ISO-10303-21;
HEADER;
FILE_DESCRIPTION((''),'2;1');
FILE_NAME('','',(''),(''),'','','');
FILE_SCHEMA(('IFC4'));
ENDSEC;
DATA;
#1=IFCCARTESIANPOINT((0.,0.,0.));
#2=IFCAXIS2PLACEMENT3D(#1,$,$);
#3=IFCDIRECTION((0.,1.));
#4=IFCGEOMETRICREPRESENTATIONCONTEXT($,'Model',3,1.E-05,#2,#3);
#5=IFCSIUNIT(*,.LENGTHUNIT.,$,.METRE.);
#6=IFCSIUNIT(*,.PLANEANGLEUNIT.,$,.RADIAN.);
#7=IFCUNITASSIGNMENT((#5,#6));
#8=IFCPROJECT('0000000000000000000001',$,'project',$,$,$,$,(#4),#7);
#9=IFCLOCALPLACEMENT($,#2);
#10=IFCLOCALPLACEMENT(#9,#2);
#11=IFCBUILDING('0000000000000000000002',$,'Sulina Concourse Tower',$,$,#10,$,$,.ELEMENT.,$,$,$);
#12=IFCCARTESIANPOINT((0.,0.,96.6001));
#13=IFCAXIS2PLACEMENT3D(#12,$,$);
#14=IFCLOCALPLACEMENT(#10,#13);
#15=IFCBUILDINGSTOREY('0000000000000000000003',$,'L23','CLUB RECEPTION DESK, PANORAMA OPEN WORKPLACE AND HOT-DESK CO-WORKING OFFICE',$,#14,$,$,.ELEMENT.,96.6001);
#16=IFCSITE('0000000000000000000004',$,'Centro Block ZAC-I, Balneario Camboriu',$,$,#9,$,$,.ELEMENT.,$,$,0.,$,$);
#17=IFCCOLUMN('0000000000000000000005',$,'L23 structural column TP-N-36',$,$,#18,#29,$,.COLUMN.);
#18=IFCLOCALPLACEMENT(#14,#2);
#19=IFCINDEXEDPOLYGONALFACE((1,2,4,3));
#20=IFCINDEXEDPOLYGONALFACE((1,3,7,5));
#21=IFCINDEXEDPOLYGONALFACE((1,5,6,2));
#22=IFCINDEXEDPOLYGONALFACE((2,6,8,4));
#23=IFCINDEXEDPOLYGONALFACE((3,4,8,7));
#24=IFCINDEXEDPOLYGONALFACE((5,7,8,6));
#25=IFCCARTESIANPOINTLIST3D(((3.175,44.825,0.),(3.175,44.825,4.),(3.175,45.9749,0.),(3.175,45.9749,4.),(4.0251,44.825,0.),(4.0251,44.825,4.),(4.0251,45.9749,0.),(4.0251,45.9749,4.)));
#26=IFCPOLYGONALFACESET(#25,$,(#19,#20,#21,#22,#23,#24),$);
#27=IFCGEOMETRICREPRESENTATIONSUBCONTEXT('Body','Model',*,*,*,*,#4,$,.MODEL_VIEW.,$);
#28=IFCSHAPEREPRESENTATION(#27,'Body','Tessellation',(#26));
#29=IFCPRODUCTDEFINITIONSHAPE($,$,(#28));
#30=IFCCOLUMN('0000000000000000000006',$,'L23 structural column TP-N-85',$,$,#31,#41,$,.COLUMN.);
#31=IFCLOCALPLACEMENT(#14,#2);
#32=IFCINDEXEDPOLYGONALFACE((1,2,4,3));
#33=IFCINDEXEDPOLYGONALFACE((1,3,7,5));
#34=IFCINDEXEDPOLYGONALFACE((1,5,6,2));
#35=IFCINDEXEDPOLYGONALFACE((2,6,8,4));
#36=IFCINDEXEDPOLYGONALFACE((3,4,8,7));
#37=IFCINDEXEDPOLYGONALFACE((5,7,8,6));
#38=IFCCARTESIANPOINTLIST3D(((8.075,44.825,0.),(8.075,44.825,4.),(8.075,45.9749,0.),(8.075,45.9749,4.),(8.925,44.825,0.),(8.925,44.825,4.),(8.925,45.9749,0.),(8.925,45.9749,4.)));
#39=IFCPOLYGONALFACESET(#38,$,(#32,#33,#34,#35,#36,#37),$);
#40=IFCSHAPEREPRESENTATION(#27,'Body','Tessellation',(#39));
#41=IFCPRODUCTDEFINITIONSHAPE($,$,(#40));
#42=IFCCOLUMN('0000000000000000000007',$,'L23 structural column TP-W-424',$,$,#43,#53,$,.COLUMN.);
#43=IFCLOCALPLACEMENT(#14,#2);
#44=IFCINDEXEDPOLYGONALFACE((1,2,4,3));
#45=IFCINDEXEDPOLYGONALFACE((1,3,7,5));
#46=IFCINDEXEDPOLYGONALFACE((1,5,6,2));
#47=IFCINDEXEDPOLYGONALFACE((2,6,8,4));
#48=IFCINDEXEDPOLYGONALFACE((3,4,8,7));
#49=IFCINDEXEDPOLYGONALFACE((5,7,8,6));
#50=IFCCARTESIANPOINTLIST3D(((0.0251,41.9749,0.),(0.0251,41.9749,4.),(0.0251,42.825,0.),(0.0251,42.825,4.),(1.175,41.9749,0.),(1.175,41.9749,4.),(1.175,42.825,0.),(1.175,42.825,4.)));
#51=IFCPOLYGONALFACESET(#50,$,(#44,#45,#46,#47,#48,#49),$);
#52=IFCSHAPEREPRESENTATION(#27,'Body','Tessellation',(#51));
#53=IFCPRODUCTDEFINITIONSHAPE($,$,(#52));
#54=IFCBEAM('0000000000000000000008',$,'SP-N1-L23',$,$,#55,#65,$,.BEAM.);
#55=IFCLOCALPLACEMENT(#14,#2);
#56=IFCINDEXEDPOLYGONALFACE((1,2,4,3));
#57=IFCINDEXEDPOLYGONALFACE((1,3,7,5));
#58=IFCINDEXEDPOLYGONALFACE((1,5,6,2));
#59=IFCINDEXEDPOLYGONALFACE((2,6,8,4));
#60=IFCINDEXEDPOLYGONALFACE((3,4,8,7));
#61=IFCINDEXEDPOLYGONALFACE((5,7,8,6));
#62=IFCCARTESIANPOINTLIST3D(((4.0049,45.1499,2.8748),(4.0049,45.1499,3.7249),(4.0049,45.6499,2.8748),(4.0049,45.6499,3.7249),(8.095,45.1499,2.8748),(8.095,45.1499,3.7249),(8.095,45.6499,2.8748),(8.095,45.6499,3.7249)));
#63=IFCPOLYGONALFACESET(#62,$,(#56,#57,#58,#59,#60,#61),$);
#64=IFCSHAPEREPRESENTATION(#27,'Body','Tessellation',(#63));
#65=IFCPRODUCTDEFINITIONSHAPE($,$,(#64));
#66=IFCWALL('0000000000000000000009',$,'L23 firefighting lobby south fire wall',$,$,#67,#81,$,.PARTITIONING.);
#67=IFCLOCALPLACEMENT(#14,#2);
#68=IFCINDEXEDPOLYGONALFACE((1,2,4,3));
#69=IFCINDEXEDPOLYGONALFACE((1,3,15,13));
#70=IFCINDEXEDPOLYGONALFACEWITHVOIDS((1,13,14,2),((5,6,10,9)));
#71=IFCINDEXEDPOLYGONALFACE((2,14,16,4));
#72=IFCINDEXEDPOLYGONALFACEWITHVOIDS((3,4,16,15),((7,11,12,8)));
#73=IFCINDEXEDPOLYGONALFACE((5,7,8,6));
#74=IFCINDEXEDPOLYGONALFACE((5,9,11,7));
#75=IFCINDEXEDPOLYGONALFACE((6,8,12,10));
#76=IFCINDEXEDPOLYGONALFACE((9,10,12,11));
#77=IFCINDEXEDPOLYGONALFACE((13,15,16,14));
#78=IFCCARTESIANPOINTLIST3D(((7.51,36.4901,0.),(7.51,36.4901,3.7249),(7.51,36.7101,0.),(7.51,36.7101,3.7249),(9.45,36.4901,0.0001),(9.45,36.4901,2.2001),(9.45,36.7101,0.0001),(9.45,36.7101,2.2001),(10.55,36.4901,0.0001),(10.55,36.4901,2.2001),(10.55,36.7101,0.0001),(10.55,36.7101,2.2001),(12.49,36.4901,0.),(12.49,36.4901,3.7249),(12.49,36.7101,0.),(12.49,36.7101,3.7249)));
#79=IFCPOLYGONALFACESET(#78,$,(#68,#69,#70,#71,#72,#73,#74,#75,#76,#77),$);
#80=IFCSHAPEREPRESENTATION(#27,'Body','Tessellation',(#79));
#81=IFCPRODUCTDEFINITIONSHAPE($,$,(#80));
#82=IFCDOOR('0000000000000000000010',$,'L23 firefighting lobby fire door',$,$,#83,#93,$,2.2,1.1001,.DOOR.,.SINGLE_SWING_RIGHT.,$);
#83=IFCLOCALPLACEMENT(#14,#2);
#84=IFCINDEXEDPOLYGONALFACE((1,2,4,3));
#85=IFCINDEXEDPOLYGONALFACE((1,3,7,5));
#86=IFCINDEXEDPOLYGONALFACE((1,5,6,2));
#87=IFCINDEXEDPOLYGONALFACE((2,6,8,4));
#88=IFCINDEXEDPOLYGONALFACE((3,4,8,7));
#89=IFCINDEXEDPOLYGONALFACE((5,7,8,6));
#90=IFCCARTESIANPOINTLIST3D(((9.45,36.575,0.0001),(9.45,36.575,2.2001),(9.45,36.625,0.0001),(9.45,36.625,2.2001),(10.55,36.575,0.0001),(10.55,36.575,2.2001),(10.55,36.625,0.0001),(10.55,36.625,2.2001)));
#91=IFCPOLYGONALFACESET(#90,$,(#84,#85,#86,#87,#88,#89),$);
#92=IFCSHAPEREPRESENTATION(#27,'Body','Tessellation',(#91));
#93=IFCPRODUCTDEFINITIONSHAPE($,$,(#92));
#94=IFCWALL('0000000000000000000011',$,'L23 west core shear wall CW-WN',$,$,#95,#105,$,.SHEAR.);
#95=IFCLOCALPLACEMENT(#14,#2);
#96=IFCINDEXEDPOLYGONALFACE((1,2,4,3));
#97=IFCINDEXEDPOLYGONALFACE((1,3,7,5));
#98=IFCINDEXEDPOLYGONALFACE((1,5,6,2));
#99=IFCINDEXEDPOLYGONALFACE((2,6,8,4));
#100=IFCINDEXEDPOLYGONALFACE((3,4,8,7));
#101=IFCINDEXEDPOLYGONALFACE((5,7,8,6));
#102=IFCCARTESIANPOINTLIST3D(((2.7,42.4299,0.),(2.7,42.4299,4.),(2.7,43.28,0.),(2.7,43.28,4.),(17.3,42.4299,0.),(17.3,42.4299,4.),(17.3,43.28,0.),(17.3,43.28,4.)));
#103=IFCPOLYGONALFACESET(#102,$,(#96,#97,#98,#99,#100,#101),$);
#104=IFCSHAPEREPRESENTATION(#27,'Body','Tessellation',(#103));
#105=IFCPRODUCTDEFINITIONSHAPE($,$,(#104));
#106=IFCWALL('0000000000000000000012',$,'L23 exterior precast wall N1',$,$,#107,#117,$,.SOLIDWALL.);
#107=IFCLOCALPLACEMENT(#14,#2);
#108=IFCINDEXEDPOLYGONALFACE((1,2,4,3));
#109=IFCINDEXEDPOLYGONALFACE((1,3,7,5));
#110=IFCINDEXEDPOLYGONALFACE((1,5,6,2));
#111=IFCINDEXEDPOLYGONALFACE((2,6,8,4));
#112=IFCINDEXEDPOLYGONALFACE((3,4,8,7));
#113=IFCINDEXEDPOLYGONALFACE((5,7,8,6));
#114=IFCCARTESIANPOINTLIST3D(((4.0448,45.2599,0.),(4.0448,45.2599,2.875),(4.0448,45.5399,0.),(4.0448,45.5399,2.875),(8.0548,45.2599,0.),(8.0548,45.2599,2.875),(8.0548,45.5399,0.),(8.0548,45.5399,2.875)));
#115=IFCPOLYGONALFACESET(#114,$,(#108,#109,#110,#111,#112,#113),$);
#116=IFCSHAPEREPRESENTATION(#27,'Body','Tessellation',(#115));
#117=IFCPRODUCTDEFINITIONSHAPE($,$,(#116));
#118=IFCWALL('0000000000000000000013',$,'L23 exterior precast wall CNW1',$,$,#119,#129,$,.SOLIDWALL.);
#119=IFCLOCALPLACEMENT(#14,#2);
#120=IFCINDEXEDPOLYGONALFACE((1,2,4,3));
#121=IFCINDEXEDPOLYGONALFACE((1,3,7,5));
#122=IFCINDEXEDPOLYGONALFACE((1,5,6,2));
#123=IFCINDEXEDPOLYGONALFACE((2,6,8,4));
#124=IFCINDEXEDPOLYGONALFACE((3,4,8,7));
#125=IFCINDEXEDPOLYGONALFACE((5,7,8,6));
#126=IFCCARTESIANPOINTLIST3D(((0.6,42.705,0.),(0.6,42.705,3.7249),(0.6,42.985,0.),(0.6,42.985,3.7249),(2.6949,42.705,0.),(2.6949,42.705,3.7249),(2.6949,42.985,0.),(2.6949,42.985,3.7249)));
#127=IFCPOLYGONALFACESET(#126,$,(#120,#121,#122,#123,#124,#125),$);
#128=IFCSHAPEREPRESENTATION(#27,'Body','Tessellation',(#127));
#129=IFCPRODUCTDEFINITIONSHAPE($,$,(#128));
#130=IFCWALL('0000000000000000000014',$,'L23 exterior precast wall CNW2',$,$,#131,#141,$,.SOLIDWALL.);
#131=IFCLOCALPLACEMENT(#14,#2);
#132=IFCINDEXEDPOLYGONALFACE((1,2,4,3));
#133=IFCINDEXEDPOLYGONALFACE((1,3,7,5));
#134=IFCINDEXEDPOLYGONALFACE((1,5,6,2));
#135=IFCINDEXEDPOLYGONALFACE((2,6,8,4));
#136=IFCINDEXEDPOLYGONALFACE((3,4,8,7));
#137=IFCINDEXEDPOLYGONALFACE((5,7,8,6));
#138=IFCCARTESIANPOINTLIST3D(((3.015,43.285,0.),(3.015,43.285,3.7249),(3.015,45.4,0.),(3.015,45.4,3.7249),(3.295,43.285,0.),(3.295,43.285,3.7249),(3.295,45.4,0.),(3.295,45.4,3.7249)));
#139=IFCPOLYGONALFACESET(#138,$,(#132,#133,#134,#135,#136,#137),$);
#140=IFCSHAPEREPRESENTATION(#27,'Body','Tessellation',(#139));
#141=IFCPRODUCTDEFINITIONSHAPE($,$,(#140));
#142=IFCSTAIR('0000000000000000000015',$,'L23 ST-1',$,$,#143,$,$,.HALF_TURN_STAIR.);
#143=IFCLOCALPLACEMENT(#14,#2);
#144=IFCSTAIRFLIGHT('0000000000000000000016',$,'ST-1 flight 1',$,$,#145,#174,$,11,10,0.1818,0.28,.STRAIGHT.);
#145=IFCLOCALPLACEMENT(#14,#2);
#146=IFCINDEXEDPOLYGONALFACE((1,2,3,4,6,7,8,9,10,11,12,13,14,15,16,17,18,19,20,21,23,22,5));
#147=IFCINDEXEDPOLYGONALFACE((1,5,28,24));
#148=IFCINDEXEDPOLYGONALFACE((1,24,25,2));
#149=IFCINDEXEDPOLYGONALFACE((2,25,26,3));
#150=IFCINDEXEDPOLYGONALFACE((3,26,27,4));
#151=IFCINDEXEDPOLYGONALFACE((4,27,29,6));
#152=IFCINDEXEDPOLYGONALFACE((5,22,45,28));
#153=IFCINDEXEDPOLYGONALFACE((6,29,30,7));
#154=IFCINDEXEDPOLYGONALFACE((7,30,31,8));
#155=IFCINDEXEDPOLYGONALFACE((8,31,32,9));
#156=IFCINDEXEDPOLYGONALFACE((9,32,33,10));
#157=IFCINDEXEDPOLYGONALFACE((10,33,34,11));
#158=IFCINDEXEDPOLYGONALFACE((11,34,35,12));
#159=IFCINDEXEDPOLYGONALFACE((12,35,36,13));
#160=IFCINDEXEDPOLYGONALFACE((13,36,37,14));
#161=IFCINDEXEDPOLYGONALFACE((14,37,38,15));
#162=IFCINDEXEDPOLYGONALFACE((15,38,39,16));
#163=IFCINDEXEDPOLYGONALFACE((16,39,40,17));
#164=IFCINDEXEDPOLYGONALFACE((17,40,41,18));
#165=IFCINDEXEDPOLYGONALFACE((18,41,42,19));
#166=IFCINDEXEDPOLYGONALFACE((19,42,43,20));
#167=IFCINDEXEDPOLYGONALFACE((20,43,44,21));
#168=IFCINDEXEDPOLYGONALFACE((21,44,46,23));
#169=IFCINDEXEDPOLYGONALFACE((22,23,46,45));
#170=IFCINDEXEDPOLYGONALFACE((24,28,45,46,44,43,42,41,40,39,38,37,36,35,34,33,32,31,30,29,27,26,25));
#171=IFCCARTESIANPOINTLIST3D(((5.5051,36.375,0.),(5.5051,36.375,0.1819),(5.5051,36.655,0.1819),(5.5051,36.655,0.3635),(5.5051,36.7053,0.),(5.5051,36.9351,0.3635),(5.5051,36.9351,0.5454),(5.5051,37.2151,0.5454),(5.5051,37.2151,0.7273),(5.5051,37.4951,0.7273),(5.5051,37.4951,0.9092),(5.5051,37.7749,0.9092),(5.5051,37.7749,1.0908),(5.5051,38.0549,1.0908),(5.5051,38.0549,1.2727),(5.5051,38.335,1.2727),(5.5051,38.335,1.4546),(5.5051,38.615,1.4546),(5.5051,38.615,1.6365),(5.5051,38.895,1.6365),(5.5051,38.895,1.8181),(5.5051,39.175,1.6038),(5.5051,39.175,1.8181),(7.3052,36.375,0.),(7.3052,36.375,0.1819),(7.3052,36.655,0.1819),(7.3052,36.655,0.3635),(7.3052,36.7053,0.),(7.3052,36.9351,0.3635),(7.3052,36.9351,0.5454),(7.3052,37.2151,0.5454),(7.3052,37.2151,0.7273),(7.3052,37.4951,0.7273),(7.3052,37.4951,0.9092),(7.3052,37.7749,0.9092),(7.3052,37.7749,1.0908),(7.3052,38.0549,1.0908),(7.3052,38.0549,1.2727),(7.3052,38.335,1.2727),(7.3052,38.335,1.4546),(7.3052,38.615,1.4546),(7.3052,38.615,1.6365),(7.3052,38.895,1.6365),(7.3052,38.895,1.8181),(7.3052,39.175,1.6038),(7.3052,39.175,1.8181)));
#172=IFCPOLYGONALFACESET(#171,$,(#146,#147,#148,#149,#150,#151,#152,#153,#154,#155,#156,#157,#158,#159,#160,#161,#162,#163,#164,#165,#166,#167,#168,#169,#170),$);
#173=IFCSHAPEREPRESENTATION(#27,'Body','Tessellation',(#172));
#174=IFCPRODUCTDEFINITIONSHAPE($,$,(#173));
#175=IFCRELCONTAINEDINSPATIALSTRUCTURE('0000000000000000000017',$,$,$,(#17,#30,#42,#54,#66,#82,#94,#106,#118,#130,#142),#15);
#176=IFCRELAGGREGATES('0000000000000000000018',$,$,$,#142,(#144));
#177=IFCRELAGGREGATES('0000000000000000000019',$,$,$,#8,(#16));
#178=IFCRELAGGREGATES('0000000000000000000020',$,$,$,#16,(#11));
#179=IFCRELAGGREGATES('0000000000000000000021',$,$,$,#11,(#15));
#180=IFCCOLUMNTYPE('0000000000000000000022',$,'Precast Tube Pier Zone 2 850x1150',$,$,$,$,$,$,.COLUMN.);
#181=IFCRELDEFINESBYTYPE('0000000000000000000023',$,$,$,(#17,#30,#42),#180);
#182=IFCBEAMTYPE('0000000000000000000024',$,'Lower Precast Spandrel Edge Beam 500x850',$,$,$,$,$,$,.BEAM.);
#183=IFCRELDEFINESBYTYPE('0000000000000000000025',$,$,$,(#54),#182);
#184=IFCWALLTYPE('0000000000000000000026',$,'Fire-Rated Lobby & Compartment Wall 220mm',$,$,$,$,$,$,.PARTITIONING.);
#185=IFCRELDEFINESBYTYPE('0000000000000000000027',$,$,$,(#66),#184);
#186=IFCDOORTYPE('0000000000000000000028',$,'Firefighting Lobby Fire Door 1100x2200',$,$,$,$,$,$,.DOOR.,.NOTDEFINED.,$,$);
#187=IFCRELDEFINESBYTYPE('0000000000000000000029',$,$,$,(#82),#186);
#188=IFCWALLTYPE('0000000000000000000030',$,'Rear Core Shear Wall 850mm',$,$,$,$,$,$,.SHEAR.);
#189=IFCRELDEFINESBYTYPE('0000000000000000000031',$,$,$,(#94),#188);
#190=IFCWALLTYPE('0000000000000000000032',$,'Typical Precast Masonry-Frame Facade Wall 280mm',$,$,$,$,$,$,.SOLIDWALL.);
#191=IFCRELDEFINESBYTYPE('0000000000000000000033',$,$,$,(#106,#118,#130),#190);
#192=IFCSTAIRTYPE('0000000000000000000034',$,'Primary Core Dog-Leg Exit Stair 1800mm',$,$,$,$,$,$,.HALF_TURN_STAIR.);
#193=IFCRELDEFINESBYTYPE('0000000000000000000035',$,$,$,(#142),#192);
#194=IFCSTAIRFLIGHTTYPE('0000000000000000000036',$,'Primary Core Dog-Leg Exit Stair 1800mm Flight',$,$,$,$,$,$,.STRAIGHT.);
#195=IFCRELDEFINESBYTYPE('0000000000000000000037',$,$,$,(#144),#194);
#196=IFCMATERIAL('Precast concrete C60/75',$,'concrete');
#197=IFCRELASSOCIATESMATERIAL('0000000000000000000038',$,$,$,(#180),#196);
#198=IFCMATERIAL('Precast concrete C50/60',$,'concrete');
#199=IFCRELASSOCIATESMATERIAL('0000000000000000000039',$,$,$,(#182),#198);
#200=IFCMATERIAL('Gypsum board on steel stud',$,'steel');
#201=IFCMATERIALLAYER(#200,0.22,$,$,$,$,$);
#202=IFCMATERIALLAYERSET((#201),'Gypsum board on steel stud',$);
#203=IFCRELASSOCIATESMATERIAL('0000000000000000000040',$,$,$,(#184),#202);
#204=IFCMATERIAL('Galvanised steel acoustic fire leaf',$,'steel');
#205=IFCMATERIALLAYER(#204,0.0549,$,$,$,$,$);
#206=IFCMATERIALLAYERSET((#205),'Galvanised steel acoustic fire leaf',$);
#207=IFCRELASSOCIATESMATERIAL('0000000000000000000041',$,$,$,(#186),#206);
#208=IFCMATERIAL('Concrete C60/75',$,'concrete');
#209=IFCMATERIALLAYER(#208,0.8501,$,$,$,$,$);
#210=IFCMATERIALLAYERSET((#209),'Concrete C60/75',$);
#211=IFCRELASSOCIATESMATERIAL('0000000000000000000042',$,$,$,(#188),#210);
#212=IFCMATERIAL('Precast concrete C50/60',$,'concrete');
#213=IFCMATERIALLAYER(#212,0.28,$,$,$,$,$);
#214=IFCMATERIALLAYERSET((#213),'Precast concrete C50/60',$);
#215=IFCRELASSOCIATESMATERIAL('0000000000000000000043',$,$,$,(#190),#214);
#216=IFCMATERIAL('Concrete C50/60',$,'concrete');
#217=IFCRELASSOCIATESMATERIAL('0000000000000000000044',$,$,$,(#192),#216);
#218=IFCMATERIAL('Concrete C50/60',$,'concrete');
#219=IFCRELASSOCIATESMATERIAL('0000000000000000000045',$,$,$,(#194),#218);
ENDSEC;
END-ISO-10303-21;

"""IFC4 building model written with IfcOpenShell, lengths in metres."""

from ifc_helpers import new_model, si_unit, direction, frame, frame_2d, origin, origin_2d, place, context, subcontext, project, spatial, polyline, rectangle, outline, extrude, material, layer, layer_set, material_profile, profile_set, type_object, element, fill, aggregate, save


model = new_model("IFC4")

# Units and contexts
model_context = context("Model", 3, precision=1e-05, world=origin(), true_north=direction((0.0, 1.0)))
body_context = subcontext(model_context, "Body", "Model", "MODEL_VIEW")
ifc_project = project(units=[si_unit("LENGTHUNIT", "METRE"), si_unit("PLANEANGLEUNIT", "RADIAN")], contexts=[model_context])

# Site, building, storey
site_placement = place(None, origin())
site = spatial("IfcSite", under=ifc_project, at=site_placement, Name="Centro Block ZAC-I, Balneario Camboriu", CompositionType="ELEMENT", RefElevation=0.0)
building_placement = place(site_placement, origin())
building = spatial("IfcBuilding", under=site, at=building_placement, Name="Sulina Concourse Tower", CompositionType="ELEMENT")
storey_placement = place(building_placement, frame((0.0, 0.0, 96.6001)))
storey = spatial("IfcBuildingStorey", under=building, at=storey_placement, Name="L23", Description="CLUB RECEPTION DESK, PANORAMA OPEN WORKPLACE AND HOT-DESK CO-WORKING OFFICE", CompositionType="ELEMENT", Elevation=96.6001)

# Columns
ifc_material_1 = material(Name="Precast concrete C60/75", Category="concrete")
ifc_material_profile_1 = material_profile(ifc_material_1, rectangle(XDim=0.8501, YDim=1.1499, at=origin_2d()), Name="PC 850x1150")
ifc_profile_set_1 = profile_set([ifc_material_profile_1], Name="Precast concrete C60/75")
column_type = type_object("IfcColumnType", Name="Precast Tube Pier Zone 2 850x1150", PredefinedType="COLUMN", material=ifc_profile_set_1)
for number, where, z_axis, x_axis, name in (
    (1, (3.6001, 45.3999, 0.0), (0.0, 0.0, 1.0), (1.0, 0.0, 0.0), "L23 structural column TP-N-36"),
    (2, (8.5, 45.3999, 0.0), (0.0, 0.0, 1.0), (1.0, 0.0, 0.0), "L23 structural column TP-N-85"),
    (3, (0.6001, 42.3999, 0.0), (0.0, 0.0, 1.0), (0.0, 1.0, 0.0), "L23 structural column TP-W-424"),
):
    element("IfcColumn", number, at=place(storey_placement, frame(where, z_axis=z_axis, x_axis=x_axis)), inside=storey, type_object=column_type, Name=name, PredefinedType="COLUMN", context=body_context, shape_type="SweptSolid", body=[
        extrude(rectangle(XDim=0.8501, YDim=1.1499, at=origin_2d()), origin(), (0.0, 0.0, 1.0), 4.0),
    ])

# Beam
ifc_material_2 = material(Name="Precast concrete C50/60", Category="concrete")
ifc_material_profile_2 = material_profile(ifc_material_2, rectangle(XDim=0.5, YDim=0.8501, at=origin_2d()), Name="RC 500x850")
ifc_profile_set_2 = profile_set([ifc_material_profile_2], Name="Precast concrete C50/60")
beam_type = type_object("IfcBeamType", Name="Lower Precast Spandrel Edge Beam 500x850", PredefinedType="BEAM", material=ifc_profile_set_2)
beam_placement = place(storey_placement, frame((4.0049, 45.3999, 3.2998), z_axis=(1.0, 0.0, 0.0), x_axis=(0.0, 1.0, 0.0)))
element("IfcBeam", 4, at=beam_placement, inside=storey, type_object=beam_type, Name="SP-N1-L23", PredefinedType="BEAM", context=body_context, shape_type="SweptSolid", body=[
    extrude(rectangle(XDim=0.5, YDim=0.8501, at=origin_2d()), origin(), (0.0, 0.0, 1.0), 4.0901),
])

# Wall, opening, door
ifc_material_3 = material(Name="Gypsum board on steel stud", Category="steel")
ifc_layer_1 = layer(ifc_material_3, 0.22)
ifc_layer_set_1 = layer_set([ifc_layer_1], Name="Gypsum board on steel stud")
wall_type_1 = type_object("IfcWallType", Name="Fire-Rated Lobby & Compartment Wall 220mm", PredefinedType="PARTITIONING", material=ifc_layer_set_1)
wall_1_placement = place(storey_placement, frame((7.51, 36.6001, 0.0), z_axis=(0.0, 0.0, 1.0), x_axis=(1.0, 0.0, 0.0)))
wall_1 = element("IfcWall", 5, at=wall_1_placement, inside=storey, type_object=wall_type_1, Name="L23 firefighting lobby south fire wall", PredefinedType="PARTITIONING", context=body_context, shape_type="SweptSolid", body=[
    extrude(rectangle(XDim=4.98, YDim=0.22, at=frame_2d((2.49, 0.0))), origin(), (0.0, 0.0, 1.0), 3.7249),
])
opening_placement = place(wall_1_placement, frame((1.9399, 0.0, 0.0)))
opening = element("IfcOpeningElement", 6, at=opening_placement, cuts=wall_1, PredefinedType="OPENING", context=body_context, shape_type="SweptSolid", body=[
    extrude(rectangle(XDim=1.1001, YDim=2.2, at=frame_2d((0.55, 1.1001))), frame((0.0, 0.1199, 0.0), z_axis=(0.0, -1.0, 0.0), x_axis=(1.0, 0.0, 0.0)), (0.0, 0.0, 1.0), 0.24),
])
ifc_material_4 = material(Name="Galvanised steel acoustic fire leaf", Category="steel")
ifc_layer_2 = layer(ifc_material_4, 0.0549)
ifc_layer_set_2 = layer_set([ifc_layer_2], Name="Galvanised steel acoustic fire leaf")
door_type = type_object("IfcDoorType", Name="Firefighting Lobby Fire Door 1100x2200", OperationType="NOTDEFINED", PredefinedType="DOOR", material=ifc_layer_set_2)
door_placement = place(opening_placement, origin())
door = element("IfcDoor", 7, at=door_placement, inside=storey, type_object=door_type, Name="L23 firefighting lobby fire door", OperationType="SINGLE_SWING_RIGHT", OverallHeight=2.2, OverallWidth=1.1001, PredefinedType="DOOR", context=body_context, shape_type="SweptSolid", body=[
    extrude(rectangle(XDim=1.1001, YDim=2.2, at=frame_2d((0.55, 1.1001))), frame((0.0, 0.0249, 0.0), z_axis=(0.0, -1.0, 0.0), x_axis=(1.0, 0.0, 0.0)), (0.0, 0.0, 1.0), 0.05),
])
fill(opening, door)

# Walls
ifc_material_5 = material(Name="Concrete C60/75", Category="concrete")
ifc_layer_3 = layer(ifc_material_5, 0.8501)
ifc_layer_set_3 = layer_set([ifc_layer_3], Name="Concrete C60/75")
wall_type_2 = type_object("IfcWallType", Name="Rear Core Shear Wall 850mm", PredefinedType="SHEAR", material=ifc_layer_set_3)
wall_2_placement = place(storey_placement, frame((2.7, 42.855, 0.0), z_axis=(0.0, 0.0, 1.0), x_axis=(1.0, 0.0, 0.0)))
element("IfcWall", 8, at=wall_2_placement, inside=storey, type_object=wall_type_2, Name="L23 west core shear wall CW-WN", PredefinedType="SHEAR", context=body_context, shape_type="SweptSolid", body=[
    extrude(rectangle(XDim=14.6001, YDim=0.8501, at=frame_2d((7.3, 0.0))), origin(), (0.0, 0.0, 1.0), 4.0),
])
ifc_material_6 = material(Name="Precast concrete C50/60", Category="concrete")
ifc_layer_4 = layer(ifc_material_6, 0.28)
ifc_layer_set_4 = layer_set([ifc_layer_4], Name="Precast concrete C50/60")
wall_type_3 = type_object("IfcWallType", Name="Typical Precast Masonry-Frame Facade Wall 280mm", PredefinedType="SOLIDWALL", material=ifc_layer_set_4)
wall_3_placement = place(storey_placement, frame((4.0449, 45.3999, 0.0), z_axis=(0.0, 0.0, 1.0), x_axis=(1.0, 0.0, 0.0)))
element("IfcWall", 9, at=wall_3_placement, inside=storey, type_object=wall_type_3, Name="L23 exterior precast wall N1", PredefinedType="SOLIDWALL", context=body_context, shape_type="SweptSolid", body=[
    extrude(rectangle(XDim=4.01, YDim=0.28, at=frame_2d((2.0049, 0.0))), origin(), (0.0, 0.0, 1.0), 2.875),
])
wall_4_placement = place(storey_placement, frame((0.6001, 42.845, 0.0), z_axis=(0.0, 0.0, 1.0), x_axis=(1.0, 0.0, 0.0)))
element("IfcWall", 10, at=wall_4_placement, inside=storey, type_object=wall_type_3, Name="L23 exterior precast wall CNW1", PredefinedType="SOLIDWALL", context=body_context, shape_type="SweptSolid", body=[
    extrude(rectangle(XDim=2.095, YDim=0.28, at=frame_2d((1.0474, 0.0))), origin(), (0.0, 0.0, 1.0), 3.7249),
])
wall_5_placement = place(storey_placement, frame((3.155, 43.2849, 0.0), z_axis=(0.0, 0.0, 1.0), x_axis=(0.0, 1.0, 0.0)))
element("IfcWall", 11, at=wall_5_placement, inside=storey, type_object=wall_type_3, Name="L23 exterior precast wall CNW2", PredefinedType="SOLIDWALL", context=body_context, shape_type="SweptSolid", body=[
    extrude(rectangle(XDim=2.115, YDim=0.28, at=frame_2d((1.0576, 0.0))), origin(), (0.0, 0.0, 1.0), 3.7249),
])

# Stair, stair flight
ifc_material_7 = material(Name="Concrete C50/60", Category="concrete")
stair_type = type_object("IfcStairType", Name="Primary Core Dog-Leg Exit Stair 1800mm", PredefinedType="HALF_TURN_STAIR", material=ifc_material_7)
stair_placement = place(storey_placement, origin())
stair = element("IfcStair", 12, at=stair_placement, inside=storey, type_object=stair_type, Name="L23 ST-1", PredefinedType="HALF_TURN_STAIR")
ifc_material_8 = material(Name="Concrete C50/60", Category="concrete")
stair_flight_type = type_object("IfcStairFlightType", Name="Primary Core Dog-Leg Exit Stair 1800mm Flight", PredefinedType="STRAIGHT", material=ifc_material_8)
stair_flight_1_placement = place(storey_placement, frame((6.405, 36.375, 0.0), z_axis=(0.0, 0.0, 1.0), x_axis=(0.0, 1.0, 0.0)))
stair_flight_1 = element("IfcStairFlight", 13, at=stair_flight_1_placement, type_object=stair_flight_type, Name="ST-1 flight 1", NumberOfRisers=11, NumberOfTreads=10, PredefinedType="STRAIGHT", RiserHeight=0.1818, TreadLength=0.28, context=body_context, shape_type="SweptSolid", body=[
    extrude(outline(polyline([(0.0, 0.0), (0.0, 0.1819), (0.28, 0.1819), (0.28, 0.3635), (0.5601, 0.3635), (0.5601, 0.5454), (0.8401, 0.5454), (0.8401, 0.7273), (1.1201, 0.7273), (1.1201, 0.9092), (1.3999, 0.9092), (1.3999, 1.0908), (1.6799, 1.0908), (1.6799, 1.2727), (1.96, 1.2727), (1.96, 1.4546), (2.24, 1.4546), (2.24, 1.6365), (2.52, 1.6365), (2.52, 1.8181), (2.8, 1.8181), (2.8, 2.0), (2.8, 1.6038), (0.3303, 0.0), (0.0, 0.0)])), frame((0.0, 0.8999, 0.0), z_axis=(0.0, -1.0, 0.0), x_axis=(1.0, 0.0, 0.0)), (0.0, 0.0, 1.0), 1.8),
])
aggregate(stair, [stair_flight_1])

save(model, "model.ifc")
